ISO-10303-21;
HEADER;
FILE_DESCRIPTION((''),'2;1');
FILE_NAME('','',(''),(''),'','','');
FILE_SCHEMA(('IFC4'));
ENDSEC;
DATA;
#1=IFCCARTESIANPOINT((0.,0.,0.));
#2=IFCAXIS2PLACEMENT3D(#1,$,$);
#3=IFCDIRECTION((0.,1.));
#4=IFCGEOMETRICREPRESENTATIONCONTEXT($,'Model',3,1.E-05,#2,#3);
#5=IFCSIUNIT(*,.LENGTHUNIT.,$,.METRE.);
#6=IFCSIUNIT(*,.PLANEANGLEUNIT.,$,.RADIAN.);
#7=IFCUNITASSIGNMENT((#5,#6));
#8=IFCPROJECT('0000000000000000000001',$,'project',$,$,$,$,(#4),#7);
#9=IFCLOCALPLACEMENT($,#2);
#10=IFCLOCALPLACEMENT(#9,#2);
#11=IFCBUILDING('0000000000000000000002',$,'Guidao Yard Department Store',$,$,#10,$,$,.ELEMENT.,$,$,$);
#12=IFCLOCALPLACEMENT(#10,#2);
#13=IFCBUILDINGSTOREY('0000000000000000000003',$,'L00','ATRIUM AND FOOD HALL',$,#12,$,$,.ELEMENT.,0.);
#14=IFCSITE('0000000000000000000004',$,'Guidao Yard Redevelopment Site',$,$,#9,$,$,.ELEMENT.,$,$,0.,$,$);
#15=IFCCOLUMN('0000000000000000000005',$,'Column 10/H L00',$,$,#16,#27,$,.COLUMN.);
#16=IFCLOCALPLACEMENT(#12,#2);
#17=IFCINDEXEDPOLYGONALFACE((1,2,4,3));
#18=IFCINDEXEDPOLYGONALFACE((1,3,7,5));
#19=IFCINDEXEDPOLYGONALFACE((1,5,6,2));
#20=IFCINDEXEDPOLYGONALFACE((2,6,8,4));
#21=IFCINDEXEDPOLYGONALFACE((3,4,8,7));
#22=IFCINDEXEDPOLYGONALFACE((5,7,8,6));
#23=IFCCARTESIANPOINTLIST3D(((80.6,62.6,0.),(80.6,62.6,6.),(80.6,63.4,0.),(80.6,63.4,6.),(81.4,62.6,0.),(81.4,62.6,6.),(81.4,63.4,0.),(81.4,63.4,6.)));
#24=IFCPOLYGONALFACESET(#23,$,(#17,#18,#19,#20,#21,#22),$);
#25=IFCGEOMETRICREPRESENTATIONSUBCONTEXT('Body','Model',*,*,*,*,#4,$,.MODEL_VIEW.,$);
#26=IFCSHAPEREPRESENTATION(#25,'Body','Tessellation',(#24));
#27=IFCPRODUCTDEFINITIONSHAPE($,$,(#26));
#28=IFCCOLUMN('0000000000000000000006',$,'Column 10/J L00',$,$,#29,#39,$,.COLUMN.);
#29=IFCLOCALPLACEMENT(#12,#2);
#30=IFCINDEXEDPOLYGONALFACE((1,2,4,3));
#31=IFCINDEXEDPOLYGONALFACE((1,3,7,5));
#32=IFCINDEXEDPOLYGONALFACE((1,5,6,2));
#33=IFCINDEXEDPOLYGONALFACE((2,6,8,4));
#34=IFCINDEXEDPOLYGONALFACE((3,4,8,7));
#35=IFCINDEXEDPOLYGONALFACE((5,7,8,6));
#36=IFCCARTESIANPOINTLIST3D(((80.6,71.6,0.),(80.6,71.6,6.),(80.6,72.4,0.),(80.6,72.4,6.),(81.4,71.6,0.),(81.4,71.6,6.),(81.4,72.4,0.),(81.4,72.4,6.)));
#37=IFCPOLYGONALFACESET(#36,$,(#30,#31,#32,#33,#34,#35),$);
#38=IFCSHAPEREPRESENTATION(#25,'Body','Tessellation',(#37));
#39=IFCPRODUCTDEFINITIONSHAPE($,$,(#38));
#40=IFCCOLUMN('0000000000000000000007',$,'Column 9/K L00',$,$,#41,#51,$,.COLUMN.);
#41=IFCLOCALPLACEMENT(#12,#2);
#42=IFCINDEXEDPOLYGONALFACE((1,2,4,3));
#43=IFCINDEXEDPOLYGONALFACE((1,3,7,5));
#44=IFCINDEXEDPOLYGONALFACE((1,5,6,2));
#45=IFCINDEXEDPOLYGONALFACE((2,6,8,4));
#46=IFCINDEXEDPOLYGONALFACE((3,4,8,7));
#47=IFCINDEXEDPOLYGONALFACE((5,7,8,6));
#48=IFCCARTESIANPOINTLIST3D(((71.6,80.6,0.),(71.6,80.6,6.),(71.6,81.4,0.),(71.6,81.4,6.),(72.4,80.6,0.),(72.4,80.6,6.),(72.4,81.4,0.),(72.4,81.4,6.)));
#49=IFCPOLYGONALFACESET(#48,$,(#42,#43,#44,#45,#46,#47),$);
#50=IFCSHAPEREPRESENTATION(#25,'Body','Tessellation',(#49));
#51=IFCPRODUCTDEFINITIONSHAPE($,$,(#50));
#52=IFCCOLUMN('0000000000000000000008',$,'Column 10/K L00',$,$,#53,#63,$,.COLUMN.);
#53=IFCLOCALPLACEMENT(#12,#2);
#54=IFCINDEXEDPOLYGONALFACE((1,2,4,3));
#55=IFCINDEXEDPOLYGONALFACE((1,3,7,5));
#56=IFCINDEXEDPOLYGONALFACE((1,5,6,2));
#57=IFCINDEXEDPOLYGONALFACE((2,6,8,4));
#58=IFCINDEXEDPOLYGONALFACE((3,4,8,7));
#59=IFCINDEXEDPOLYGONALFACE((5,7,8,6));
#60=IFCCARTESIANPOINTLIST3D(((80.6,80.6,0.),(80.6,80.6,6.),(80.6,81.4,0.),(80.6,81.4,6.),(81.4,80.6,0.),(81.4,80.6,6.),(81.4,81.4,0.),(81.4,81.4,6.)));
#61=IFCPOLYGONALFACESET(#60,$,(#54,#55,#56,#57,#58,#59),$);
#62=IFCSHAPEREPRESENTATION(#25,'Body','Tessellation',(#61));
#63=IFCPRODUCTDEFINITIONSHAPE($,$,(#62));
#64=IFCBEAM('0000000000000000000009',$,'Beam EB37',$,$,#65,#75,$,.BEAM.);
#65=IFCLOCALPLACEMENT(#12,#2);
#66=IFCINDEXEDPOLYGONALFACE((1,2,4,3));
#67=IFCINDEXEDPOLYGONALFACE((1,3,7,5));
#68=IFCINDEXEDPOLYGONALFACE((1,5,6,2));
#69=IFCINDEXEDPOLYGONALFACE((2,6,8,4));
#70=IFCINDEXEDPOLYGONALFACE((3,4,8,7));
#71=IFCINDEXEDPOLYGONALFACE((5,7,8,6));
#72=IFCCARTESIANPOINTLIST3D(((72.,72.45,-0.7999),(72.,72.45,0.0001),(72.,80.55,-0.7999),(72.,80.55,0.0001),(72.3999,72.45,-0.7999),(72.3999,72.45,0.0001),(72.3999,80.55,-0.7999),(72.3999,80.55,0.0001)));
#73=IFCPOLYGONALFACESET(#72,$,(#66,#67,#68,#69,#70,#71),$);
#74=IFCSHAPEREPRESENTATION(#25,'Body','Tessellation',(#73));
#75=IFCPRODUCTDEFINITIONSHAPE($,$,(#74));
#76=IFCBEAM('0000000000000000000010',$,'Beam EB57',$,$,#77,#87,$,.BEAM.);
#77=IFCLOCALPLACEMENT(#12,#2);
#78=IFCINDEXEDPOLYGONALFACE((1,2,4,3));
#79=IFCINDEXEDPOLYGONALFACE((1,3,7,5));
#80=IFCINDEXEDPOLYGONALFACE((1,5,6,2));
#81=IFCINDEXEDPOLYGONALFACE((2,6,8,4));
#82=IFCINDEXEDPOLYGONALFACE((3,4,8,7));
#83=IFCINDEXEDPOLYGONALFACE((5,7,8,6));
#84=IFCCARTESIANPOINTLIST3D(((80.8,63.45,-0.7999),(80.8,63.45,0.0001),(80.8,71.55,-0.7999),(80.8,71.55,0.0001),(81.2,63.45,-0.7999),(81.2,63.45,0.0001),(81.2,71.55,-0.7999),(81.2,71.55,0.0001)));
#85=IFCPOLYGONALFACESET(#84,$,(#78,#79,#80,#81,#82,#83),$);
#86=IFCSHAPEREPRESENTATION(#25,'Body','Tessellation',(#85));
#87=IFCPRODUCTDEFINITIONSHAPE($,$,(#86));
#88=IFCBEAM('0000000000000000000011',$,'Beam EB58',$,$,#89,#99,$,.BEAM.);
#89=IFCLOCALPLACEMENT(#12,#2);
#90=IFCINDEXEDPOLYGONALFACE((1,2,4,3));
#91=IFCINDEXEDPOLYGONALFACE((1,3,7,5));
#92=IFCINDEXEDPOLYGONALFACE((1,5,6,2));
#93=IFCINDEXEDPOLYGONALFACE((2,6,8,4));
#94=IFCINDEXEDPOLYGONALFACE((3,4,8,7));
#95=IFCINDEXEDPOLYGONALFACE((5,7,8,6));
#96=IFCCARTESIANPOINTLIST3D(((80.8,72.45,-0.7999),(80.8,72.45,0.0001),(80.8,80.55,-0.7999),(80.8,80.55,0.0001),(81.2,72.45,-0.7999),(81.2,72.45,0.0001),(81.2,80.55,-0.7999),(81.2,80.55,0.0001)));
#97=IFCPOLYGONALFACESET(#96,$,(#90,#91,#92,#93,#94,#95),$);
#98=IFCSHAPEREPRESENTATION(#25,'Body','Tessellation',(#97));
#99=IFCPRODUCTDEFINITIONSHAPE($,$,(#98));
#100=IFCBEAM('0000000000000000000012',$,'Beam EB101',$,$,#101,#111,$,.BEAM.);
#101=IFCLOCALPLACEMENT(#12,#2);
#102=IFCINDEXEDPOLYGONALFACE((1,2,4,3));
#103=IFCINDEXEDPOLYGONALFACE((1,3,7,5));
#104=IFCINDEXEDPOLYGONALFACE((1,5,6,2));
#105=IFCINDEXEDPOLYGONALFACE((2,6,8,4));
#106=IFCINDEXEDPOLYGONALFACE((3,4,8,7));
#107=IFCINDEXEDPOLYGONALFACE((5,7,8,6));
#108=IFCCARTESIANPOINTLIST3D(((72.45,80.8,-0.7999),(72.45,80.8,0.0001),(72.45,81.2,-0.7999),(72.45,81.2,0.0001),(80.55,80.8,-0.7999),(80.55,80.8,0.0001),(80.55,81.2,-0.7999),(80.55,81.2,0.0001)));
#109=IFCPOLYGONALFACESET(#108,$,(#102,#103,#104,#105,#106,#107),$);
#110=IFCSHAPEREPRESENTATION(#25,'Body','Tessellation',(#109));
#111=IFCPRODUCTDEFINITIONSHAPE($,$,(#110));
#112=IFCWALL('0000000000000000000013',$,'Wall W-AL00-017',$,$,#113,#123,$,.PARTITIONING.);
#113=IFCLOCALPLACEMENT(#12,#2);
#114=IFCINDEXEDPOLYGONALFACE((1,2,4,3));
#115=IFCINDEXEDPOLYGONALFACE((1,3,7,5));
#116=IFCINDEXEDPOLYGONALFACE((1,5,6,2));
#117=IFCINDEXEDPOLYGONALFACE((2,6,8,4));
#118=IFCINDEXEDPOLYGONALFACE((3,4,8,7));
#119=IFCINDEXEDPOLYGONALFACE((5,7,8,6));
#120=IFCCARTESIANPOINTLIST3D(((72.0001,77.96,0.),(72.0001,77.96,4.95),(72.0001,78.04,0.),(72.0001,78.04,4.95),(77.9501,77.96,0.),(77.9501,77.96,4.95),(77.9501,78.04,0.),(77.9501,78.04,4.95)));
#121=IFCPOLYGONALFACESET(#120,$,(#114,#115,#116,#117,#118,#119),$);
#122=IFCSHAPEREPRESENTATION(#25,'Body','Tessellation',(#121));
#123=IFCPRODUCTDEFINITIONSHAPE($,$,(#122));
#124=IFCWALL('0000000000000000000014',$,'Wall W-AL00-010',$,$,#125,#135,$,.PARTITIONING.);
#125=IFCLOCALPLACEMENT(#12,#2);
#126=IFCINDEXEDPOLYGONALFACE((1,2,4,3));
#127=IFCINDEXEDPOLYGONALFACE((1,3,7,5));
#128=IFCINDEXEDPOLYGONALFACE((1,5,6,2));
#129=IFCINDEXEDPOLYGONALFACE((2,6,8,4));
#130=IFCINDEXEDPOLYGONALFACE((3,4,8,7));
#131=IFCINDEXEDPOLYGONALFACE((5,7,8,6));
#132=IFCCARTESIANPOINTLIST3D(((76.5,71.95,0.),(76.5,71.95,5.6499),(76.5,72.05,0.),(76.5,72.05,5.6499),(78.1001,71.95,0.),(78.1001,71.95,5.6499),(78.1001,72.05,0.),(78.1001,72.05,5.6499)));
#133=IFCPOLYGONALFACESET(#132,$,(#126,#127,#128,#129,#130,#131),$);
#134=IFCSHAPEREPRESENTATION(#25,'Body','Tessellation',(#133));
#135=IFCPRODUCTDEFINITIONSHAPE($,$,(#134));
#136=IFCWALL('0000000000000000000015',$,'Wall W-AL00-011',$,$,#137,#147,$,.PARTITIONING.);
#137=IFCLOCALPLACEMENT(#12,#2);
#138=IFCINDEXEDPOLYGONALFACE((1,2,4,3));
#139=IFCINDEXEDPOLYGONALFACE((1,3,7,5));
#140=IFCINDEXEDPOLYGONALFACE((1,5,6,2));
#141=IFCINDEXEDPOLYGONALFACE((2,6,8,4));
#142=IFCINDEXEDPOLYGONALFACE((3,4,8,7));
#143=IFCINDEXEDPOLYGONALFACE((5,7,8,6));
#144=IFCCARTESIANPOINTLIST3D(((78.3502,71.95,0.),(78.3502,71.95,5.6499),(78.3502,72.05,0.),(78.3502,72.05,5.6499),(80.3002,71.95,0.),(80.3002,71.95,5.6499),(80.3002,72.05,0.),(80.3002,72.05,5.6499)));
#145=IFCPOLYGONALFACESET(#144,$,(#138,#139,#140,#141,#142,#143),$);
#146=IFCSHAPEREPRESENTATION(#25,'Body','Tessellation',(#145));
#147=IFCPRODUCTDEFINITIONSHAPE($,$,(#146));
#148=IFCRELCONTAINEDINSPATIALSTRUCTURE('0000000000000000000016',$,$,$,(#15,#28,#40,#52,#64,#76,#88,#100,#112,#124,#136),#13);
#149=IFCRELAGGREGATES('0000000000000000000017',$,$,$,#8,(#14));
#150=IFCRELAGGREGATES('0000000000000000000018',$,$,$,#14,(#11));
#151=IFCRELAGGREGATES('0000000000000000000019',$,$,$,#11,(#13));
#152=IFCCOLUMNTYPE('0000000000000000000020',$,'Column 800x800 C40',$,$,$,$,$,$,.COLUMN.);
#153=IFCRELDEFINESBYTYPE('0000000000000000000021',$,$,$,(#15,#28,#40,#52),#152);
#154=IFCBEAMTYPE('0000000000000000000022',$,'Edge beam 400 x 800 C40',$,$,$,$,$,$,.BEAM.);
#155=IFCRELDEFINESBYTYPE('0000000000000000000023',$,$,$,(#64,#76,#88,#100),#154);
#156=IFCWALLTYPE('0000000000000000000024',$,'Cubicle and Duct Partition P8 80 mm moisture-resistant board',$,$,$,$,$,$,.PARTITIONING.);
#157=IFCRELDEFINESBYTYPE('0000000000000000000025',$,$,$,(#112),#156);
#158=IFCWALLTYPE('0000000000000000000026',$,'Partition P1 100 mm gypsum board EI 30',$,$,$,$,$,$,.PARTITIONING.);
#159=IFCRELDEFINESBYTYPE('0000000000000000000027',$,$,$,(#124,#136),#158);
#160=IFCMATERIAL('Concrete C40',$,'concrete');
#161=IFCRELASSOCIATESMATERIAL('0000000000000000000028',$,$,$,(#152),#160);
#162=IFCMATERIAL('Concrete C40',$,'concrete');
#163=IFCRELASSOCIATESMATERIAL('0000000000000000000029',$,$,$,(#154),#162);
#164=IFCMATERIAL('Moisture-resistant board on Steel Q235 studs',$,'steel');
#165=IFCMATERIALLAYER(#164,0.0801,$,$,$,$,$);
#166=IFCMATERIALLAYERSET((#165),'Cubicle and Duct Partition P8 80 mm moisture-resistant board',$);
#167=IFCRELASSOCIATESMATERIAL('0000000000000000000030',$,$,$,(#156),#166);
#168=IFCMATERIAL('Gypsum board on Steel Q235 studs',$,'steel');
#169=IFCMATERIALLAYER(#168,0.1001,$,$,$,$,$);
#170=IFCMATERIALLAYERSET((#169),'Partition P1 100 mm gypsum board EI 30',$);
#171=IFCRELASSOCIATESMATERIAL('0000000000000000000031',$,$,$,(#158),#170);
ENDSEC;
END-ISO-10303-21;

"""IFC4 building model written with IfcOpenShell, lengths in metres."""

from ifc_helpers import new_model, si_unit, direction, frame, frame_2d, origin, origin_2d, place, context, subcontext, project, spatial, rectangle, extrude, material, layer, layer_set, material_profile, profile_set, type_object, element, save


model = new_model("IFC4")

# Units and contexts
model_context = context("Model", 3, precision=1e-05, world=origin(), true_north=direction((0.0, 1.0)))
body_context = subcontext(model_context, "Body", "Model", "MODEL_VIEW")
ifc_project = project(units=[si_unit("LENGTHUNIT", "METRE"), si_unit("PLANEANGLEUNIT", "RADIAN")], contexts=[model_context])

# Site, building, storey
site_placement = place(None, origin())
site = spatial("IfcSite", under=ifc_project, at=site_placement, Name="Guidao Yard Redevelopment Site", CompositionType="ELEMENT", RefElevation=0.0)
building_placement = place(site_placement, origin())
building = spatial("IfcBuilding", under=site, at=building_placement, Name="Guidao Yard Department Store", CompositionType="ELEMENT")
storey_placement = place(building_placement, origin())
storey = spatial("IfcBuildingStorey", under=building, at=storey_placement, Name="L00", Description="ATRIUM AND FOOD HALL", CompositionType="ELEMENT", Elevation=0.0)

# Columns
ifc_material_1 = material(Name="Concrete C40", Category="concrete")
ifc_material_profile_1 = material_profile(ifc_material_1, rectangle(XDim=0.8, YDim=0.8, at=origin_2d()), Name="COL 800x800")
ifc_profile_set_1 = profile_set([ifc_material_profile_1], Name="Concrete C40")
column_type = type_object("IfcColumnType", Name="Column 800x800 C40", PredefinedType="COLUMN", material=ifc_profile_set_1)
for number, where, z_axis, x_axis, name in (
    (1, (81.0, 63.0, 0.0), (0.0, 0.0, 1.0), (1.0, 0.0, 0.0), "Column 10/H L00"),
    (2, (81.0, 72.0, 0.0), (0.0, 0.0, 1.0), (1.0, 0.0, 0.0), "Column 10/J L00"),
    (3, (72.0, 81.0, 0.0), (0.0, 0.0, 1.0), (1.0, 0.0, 0.0), "Column 9/K L00"),
    (4, (81.0, 81.0, 0.0), (0.0, 0.0, 1.0), (1.0, 0.0, 0.0), "Column 10/K L00"),
):
    element("IfcColumn", number, at=place(storey_placement, frame(where, z_axis=z_axis, x_axis=x_axis)), inside=storey, type_object=column_type, Name=name, PredefinedType="COLUMN", context=body_context, shape_type="SweptSolid", body=[
        extrude(rectangle(XDim=0.8, YDim=0.8, at=origin_2d()), origin(), (0.0, 0.0, 1.0), 6.0),
    ])

# Beams
ifc_material_2 = material(Name="Concrete C40", Category="concrete")
ifc_material_profile_2 = material_profile(ifc_material_2, rectangle(XDim=0.3999, YDim=0.8, at=origin_2d()), Name="Edge beam 400 x 800 C40")
ifc_profile_set_2 = profile_set([ifc_material_profile_2], Name="Concrete C40")
beam_type = type_object("IfcBeamType", Name="Edge beam 400 x 800 C40", PredefinedType="BEAM", material=ifc_profile_set_2)
for number, where, z_axis, x_axis, name in (
    (5, (72.2, 72.45, -0.3999), (0.0, 1.0, 0.0), (-1.0, 0.0, 0.0), "Beam EB37"),
    (6, (81.0, 63.45, -0.3999), (0.0, 1.0, 0.0), (-1.0, 0.0, 0.0), "Beam EB57"),
    (7, (81.0, 72.45, -0.3999), (0.0, 1.0, 0.0), (-1.0, 0.0, 0.0), "Beam EB58"),
    (8, (72.45, 81.0, -0.3999), (1.0, 0.0, 0.0), (0.0, 1.0, 0.0), "Beam EB101"),
):
    element("IfcBeam", number, at=place(storey_placement, frame(where, z_axis=z_axis, x_axis=x_axis)), inside=storey, type_object=beam_type, Name=name, PredefinedType="BEAM", context=body_context, shape_type="SweptSolid", body=[
        extrude(rectangle(XDim=0.3999, YDim=0.8, at=origin_2d()), origin(), (0.0, 0.0, 1.0), 8.1001),
    ])

# Walls
ifc_material_3 = material(Name="Moisture-resistant board on Steel Q235 studs", Category="steel")
ifc_layer_1 = layer(ifc_material_3, 0.0801)
ifc_layer_set_1 = layer_set([ifc_layer_1], Name="Cubicle and Duct Partition P8 80 mm moisture-resistant board")
wall_type_1 = type_object("IfcWallType", Name="Cubicle and Duct Partition P8 80 mm moisture-resistant board", PredefinedType="PARTITIONING", material=ifc_layer_set_1)
wall_1_placement = place(storey_placement, frame((72.0, 78.0, 0.0), z_axis=(0.0, 0.0, 1.0), x_axis=(1.0, 0.0, 0.0)))
element("IfcWall", 9, at=wall_1_placement, inside=storey, type_object=wall_type_1, Name="Wall W-AL00-017", PredefinedType="PARTITIONING", context=body_context, shape_type="SweptSolid", body=[
    extrude(rectangle(XDim=5.95, YDim=0.0801, at=frame_2d((2.9751, 0.0))), origin(), (0.0, 0.0, 1.0), 4.95),
])
ifc_material_4 = material(Name="Gypsum board on Steel Q235 studs", Category="steel")
ifc_layer_2 = layer(ifc_material_4, 0.1001)
ifc_layer_set_2 = layer_set([ifc_layer_2], Name="Partition P1 100 mm gypsum board EI 30")
wall_type_2 = type_object("IfcWallType", Name="Partition P1 100 mm gypsum board EI 30", PredefinedType="PARTITIONING", material=ifc_layer_set_2)
wall_2_placement = place(storey_placement, frame((76.5, 72.0, 0.0), z_axis=(0.0, 0.0, 1.0), x_axis=(1.0, 0.0, 0.0)))
element("IfcWall", 10, at=wall_2_placement, inside=storey, type_object=wall_type_2, Name="Wall W-AL00-010", PredefinedType="PARTITIONING", context=body_context, shape_type="SweptSolid", body=[
    extrude(rectangle(XDim=1.6001, YDim=0.1001, at=frame_2d((0.8, 0.0))), origin(), (0.0, 0.0, 1.0), 5.6499),
])
wall_3_placement = place(storey_placement, frame((78.3501, 72.0, 0.0), z_axis=(0.0, 0.0, 1.0), x_axis=(1.0, 0.0, 0.0)))
element("IfcWall", 11, at=wall_3_placement, inside=storey, type_object=wall_type_2, Name="Wall W-AL00-011", PredefinedType="PARTITIONING", context=body_context, shape_type="SweptSolid", body=[
    extrude(rectangle(XDim=1.95, YDim=0.1001, at=frame_2d((0.9751, 0.0))), origin(), (0.0, 0.0, 1.0), 5.6499),
])

save(model, "model.ifc")
